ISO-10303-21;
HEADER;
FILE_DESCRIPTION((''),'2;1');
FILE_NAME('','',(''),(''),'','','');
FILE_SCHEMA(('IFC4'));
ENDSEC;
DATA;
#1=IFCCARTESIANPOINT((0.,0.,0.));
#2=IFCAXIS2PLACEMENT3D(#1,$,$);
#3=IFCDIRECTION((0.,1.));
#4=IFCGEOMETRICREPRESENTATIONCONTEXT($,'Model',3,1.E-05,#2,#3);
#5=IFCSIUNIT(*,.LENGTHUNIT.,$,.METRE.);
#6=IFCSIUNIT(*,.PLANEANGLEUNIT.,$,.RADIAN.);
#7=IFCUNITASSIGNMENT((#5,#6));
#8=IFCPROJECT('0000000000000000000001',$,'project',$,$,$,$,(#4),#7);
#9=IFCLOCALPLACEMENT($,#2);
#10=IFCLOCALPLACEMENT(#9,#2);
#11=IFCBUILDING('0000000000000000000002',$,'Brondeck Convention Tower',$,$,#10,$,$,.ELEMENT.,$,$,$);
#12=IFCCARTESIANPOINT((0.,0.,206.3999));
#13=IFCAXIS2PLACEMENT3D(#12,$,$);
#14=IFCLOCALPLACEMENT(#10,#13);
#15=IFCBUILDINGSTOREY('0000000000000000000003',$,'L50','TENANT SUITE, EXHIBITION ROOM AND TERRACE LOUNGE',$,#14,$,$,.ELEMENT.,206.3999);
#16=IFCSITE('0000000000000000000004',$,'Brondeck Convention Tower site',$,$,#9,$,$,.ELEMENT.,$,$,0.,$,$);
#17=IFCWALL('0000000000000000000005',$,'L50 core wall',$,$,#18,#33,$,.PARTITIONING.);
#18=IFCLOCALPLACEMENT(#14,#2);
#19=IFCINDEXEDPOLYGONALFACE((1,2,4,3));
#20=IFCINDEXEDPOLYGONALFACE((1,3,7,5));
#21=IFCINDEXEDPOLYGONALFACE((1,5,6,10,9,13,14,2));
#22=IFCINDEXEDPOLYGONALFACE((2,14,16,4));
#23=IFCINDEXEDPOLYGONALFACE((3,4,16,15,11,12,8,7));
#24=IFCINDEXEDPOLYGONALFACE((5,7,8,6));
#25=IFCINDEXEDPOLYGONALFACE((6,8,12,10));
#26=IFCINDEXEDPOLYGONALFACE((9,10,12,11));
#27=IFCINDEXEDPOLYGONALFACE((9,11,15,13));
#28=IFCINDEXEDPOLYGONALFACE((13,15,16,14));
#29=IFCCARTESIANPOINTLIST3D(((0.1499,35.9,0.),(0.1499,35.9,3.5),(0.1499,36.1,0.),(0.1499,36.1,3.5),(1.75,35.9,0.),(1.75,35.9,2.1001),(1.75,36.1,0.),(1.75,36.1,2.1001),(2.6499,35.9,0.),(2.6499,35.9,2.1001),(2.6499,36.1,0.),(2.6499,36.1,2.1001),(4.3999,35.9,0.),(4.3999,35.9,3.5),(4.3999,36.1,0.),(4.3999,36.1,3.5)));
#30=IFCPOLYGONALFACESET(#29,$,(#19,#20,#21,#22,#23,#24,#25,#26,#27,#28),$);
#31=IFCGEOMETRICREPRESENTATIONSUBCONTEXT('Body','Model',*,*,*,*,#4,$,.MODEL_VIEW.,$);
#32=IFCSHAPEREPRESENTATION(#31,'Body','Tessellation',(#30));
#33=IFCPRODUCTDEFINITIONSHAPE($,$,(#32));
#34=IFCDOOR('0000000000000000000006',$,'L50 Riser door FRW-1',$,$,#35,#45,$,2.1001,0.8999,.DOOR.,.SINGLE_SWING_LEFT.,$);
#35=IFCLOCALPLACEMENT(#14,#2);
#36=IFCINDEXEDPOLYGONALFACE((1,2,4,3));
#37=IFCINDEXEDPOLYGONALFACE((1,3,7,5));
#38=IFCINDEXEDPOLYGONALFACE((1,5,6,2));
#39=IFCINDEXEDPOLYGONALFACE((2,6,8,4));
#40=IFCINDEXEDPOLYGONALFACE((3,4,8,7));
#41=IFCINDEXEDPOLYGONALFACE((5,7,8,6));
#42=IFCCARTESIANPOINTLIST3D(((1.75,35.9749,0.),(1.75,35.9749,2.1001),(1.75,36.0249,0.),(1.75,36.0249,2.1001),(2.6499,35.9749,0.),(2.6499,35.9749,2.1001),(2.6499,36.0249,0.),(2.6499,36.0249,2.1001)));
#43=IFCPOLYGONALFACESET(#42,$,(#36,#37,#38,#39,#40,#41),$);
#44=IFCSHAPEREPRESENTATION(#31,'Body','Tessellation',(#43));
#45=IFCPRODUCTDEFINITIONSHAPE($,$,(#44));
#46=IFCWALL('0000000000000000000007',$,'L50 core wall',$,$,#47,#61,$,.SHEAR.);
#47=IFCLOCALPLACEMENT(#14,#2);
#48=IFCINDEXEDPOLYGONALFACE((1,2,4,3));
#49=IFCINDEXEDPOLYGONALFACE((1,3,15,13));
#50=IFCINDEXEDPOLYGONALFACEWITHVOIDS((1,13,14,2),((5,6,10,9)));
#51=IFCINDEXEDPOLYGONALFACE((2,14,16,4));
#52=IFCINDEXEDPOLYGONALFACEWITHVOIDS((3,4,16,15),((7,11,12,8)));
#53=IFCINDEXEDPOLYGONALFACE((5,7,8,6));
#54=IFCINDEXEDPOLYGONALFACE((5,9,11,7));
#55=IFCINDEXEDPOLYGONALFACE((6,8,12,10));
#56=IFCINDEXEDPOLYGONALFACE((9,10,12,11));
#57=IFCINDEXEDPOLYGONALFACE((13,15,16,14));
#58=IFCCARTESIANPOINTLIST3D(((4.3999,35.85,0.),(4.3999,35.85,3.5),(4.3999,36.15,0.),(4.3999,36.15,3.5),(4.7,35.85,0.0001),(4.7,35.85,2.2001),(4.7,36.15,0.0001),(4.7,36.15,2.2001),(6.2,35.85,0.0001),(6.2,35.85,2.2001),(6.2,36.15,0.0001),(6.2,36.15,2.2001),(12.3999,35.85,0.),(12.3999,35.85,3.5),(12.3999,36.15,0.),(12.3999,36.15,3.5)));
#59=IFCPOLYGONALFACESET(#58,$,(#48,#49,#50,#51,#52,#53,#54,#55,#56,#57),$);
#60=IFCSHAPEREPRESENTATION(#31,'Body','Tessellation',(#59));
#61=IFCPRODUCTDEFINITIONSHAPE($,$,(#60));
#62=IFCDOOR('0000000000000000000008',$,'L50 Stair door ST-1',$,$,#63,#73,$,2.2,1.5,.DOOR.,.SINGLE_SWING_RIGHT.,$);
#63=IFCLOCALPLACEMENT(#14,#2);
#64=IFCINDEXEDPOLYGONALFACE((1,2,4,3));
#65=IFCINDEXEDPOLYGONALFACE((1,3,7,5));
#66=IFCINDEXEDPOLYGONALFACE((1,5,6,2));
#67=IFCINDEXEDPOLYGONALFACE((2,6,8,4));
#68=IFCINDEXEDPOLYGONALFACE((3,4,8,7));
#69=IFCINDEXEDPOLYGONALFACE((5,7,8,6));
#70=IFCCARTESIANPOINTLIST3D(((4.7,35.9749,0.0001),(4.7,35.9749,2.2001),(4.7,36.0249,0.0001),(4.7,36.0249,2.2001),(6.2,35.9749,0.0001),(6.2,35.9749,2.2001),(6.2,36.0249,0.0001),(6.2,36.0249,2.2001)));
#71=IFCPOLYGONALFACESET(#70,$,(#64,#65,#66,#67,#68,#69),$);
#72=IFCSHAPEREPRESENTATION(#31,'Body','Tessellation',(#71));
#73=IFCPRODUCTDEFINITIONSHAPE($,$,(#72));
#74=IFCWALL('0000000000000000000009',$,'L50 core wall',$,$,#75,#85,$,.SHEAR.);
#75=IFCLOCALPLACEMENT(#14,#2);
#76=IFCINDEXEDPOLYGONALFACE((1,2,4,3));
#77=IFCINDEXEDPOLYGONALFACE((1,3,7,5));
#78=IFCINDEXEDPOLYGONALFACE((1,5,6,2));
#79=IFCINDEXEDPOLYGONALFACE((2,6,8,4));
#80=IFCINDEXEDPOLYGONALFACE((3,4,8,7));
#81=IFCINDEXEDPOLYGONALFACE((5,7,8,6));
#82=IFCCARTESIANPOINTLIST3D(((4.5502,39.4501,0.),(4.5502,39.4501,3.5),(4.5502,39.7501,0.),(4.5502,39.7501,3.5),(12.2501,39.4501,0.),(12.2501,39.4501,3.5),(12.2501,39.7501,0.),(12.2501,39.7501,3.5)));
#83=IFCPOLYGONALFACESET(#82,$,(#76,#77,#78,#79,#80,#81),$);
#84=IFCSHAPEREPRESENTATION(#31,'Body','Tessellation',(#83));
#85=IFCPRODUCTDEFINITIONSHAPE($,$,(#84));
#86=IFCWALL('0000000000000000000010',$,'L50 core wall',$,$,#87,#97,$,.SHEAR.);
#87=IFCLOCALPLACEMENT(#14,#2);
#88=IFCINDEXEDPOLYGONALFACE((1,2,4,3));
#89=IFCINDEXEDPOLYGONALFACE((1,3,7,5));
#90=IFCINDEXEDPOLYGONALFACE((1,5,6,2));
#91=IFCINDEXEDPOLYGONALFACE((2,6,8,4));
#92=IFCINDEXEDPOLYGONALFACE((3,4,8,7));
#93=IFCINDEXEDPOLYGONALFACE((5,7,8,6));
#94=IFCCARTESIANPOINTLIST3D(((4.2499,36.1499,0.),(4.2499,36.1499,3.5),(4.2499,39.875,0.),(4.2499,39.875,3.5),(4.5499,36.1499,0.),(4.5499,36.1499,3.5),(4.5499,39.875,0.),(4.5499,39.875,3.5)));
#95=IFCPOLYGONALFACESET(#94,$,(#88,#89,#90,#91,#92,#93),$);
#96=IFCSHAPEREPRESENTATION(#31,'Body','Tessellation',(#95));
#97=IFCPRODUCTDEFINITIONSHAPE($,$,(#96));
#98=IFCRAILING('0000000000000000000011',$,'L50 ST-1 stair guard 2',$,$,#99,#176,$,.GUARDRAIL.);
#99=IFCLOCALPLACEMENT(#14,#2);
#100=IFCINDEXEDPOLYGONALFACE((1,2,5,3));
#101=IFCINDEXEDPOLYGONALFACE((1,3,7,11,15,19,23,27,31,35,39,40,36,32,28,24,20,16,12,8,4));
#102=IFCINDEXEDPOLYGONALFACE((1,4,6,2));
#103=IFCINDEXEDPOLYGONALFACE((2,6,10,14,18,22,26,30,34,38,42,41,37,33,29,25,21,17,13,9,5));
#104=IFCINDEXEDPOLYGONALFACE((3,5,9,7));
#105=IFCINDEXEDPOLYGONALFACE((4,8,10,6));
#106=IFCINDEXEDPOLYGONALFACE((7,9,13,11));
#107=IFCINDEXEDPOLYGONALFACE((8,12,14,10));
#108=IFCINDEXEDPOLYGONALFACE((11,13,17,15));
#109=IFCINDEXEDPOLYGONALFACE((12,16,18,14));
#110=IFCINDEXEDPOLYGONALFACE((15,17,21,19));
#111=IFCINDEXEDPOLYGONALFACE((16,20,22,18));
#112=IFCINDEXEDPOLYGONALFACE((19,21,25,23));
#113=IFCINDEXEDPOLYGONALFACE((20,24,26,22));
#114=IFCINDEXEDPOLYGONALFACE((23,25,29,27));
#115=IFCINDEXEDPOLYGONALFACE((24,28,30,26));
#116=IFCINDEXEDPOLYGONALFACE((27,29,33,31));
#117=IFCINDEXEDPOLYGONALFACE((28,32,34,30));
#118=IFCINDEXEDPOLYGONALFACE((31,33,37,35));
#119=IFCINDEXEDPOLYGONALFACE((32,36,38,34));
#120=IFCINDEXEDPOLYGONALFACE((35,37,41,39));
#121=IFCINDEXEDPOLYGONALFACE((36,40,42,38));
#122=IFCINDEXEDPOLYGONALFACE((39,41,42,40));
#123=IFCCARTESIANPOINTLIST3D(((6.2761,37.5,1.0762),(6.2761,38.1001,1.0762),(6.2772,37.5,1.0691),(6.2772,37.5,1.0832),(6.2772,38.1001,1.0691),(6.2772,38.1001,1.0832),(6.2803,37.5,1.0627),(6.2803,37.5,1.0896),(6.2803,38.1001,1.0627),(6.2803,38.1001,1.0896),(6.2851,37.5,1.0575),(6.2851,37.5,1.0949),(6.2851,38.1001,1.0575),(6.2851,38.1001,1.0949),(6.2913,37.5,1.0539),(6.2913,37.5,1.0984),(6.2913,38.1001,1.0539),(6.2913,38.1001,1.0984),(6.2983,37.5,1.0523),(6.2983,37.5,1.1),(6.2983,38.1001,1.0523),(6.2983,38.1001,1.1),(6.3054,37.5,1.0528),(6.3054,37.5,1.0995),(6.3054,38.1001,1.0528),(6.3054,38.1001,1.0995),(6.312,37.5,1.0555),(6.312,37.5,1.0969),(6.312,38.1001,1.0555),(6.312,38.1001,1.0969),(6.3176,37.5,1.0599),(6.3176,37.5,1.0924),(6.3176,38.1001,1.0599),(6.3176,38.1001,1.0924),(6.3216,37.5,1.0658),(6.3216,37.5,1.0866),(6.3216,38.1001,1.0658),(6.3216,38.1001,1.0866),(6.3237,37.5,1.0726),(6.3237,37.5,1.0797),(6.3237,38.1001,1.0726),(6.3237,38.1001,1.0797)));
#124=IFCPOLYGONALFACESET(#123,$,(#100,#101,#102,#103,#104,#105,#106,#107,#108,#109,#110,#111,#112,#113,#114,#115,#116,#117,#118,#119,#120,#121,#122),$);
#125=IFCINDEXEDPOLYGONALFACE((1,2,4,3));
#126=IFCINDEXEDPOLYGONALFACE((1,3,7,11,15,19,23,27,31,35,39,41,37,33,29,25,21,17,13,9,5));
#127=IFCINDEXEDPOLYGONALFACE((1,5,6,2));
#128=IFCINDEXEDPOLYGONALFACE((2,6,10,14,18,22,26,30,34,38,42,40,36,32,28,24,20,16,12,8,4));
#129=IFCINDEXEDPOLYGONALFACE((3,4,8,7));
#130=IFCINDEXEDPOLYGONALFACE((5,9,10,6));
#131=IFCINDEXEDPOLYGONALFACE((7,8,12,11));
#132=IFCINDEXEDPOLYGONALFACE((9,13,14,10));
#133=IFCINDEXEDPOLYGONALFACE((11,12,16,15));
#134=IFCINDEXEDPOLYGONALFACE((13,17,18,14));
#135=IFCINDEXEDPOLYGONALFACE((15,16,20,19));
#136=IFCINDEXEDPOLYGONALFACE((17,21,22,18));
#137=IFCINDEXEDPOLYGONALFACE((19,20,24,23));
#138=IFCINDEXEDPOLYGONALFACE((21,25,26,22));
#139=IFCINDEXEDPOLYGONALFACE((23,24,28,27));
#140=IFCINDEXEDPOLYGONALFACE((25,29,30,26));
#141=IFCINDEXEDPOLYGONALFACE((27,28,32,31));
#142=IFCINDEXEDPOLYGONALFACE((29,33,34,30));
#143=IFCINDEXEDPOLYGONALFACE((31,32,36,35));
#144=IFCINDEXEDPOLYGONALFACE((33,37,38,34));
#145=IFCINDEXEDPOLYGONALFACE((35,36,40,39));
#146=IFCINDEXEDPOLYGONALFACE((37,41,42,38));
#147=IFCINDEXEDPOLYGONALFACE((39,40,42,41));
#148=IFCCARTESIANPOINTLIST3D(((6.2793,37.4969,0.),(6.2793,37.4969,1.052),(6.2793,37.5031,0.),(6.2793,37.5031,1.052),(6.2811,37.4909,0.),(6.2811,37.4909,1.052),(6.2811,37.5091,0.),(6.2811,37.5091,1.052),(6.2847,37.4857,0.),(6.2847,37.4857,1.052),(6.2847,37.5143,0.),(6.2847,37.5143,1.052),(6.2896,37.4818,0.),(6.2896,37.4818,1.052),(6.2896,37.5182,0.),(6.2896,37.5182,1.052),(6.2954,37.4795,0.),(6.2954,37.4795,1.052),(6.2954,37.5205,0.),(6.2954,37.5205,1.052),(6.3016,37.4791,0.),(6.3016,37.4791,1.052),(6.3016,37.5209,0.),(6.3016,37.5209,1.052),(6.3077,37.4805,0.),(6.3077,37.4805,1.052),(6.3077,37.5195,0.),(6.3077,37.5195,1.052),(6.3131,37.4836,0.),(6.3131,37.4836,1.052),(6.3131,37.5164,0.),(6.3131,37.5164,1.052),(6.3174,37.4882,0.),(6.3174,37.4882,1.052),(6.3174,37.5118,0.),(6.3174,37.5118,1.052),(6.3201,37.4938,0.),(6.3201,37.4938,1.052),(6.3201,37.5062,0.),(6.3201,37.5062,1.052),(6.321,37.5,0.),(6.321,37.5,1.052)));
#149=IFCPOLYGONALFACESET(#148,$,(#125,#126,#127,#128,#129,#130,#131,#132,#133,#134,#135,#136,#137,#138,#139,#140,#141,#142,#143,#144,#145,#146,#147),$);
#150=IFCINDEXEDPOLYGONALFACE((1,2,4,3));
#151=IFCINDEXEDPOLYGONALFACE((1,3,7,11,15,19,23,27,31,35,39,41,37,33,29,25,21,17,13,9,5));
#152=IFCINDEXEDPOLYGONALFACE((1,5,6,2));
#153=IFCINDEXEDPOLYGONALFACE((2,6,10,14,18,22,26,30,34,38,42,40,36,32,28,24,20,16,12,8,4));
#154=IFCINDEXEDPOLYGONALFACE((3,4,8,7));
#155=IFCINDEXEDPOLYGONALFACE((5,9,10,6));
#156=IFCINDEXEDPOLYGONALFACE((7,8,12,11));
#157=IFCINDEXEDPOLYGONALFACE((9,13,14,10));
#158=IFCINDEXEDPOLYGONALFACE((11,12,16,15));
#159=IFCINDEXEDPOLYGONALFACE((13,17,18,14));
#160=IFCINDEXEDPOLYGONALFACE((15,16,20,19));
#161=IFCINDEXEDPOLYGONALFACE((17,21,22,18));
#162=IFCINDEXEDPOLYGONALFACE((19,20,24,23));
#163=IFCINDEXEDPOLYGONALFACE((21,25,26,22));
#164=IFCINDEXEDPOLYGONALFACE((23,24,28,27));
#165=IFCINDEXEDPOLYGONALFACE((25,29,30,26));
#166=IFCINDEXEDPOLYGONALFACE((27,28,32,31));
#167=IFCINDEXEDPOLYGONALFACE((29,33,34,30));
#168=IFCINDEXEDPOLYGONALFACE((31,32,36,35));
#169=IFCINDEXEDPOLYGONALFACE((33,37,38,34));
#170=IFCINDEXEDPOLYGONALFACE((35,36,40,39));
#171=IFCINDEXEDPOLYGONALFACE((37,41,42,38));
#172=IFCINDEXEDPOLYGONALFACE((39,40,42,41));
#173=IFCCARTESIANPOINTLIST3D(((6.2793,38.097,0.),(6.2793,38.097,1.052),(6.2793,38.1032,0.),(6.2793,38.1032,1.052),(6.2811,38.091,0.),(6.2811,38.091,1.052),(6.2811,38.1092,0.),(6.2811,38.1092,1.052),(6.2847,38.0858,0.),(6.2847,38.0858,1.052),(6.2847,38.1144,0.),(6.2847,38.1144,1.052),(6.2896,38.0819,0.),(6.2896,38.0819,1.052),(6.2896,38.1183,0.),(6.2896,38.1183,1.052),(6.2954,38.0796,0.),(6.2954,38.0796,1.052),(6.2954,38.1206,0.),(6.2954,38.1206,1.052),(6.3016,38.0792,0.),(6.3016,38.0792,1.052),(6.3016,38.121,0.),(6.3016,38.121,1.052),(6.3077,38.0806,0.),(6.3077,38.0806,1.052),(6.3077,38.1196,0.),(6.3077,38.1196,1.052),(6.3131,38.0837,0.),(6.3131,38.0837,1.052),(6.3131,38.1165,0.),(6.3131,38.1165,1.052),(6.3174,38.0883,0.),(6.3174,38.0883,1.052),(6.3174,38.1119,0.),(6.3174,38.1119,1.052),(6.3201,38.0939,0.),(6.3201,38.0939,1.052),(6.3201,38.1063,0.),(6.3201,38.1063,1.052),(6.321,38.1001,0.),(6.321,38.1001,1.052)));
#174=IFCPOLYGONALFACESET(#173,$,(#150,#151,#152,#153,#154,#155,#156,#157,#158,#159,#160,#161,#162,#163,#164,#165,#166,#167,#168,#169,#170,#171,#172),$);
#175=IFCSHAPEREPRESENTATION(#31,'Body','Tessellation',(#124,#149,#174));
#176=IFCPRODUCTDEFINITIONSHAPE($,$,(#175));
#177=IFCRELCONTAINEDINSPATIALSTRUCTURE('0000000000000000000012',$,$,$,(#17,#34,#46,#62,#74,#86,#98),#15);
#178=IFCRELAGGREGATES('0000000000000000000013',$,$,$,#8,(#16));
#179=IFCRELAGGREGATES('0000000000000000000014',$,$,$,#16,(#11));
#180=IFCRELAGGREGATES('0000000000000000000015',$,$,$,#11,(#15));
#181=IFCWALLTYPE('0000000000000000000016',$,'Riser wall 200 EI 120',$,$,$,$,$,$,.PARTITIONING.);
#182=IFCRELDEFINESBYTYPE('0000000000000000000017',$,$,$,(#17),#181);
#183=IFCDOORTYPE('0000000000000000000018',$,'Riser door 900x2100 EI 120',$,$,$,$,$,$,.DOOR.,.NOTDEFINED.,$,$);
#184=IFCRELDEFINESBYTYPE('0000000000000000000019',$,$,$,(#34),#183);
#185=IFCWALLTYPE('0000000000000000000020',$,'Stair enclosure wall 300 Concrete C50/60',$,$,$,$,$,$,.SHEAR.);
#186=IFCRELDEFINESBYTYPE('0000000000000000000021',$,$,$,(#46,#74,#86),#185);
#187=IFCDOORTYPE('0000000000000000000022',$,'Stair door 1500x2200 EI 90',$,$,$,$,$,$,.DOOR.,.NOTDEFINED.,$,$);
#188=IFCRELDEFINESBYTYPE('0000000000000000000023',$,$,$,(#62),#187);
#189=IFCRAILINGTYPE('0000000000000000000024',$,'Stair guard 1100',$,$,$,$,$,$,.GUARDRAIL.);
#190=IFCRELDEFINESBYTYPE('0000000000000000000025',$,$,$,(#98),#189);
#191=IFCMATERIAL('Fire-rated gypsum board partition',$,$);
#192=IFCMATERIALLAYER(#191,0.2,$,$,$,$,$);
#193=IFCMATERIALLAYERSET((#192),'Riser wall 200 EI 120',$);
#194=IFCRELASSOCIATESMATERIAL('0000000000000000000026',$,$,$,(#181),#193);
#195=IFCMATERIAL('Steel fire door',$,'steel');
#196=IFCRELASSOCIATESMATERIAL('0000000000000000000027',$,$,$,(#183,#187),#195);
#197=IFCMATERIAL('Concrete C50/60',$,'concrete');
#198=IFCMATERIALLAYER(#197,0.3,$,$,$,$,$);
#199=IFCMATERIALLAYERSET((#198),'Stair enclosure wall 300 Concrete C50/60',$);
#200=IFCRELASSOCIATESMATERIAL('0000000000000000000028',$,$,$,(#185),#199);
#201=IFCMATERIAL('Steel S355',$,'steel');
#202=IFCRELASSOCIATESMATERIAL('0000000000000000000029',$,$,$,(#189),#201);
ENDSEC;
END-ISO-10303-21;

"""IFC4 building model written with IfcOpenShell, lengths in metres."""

from ifc_helpers import new_model, si_unit, direction, frame, frame_2d, origin, origin_2d, place, context, subcontext, project, spatial, rectangle, circle, extrude, material, layer, layer_set, type_object, element, fill, save


model = new_model("IFC4")

# Units and contexts
model_context = context("Model", 3, precision=1e-05, world=origin(), true_north=direction((0.0, 1.0)))
body_context = subcontext(model_context, "Body", "Model", "MODEL_VIEW")
ifc_project = project(units=[si_unit("LENGTHUNIT", "METRE"), si_unit("PLANEANGLEUNIT", "RADIAN")], contexts=[model_context])

# Site, building, storey
site_placement = place(None, origin())
site = spatial("IfcSite", under=ifc_project, at=site_placement, Name="Brondeck Convention Tower site", CompositionType="ELEMENT", RefElevation=0.0)
building_placement = place(site_placement, origin())
building = spatial("IfcBuilding", under=site, at=building_placement, Name="Brondeck Convention Tower", CompositionType="ELEMENT")
storey_placement = place(building_placement, frame((0.0, 0.0, 206.3999)))
storey = spatial("IfcBuildingStorey", under=building, at=storey_placement, Name="L50", Description="TENANT SUITE, EXHIBITION ROOM AND TERRACE LOUNGE", CompositionType="ELEMENT", Elevation=206.3999)

# Shared definitions
ifc_material_1 = material(Name="Concrete C50/60", Category="concrete")

# Shared definitions
ifc_material_2 = material(Name="Steel S355", Category="steel")

# Walls, openings, doors
ifc_material_3 = material(Name="Fire-rated gypsum board partition")
ifc_layer_1 = layer(ifc_material_3, 0.2)
ifc_layer_set_1 = layer_set([ifc_layer_1], Name="Riser wall 200 EI 120")
wall_type_1 = type_object("IfcWallType", Name="Riser wall 200 EI 120", PredefinedType="PARTITIONING", material=ifc_layer_set_1)
wall_1_placement = place(storey_placement, frame((0.1499, 36.0, 0.0), z_axis=(0.0, 0.0, 1.0), x_axis=(1.0, 0.0, 0.0)))
wall_1 = element("IfcWall", 1, at=wall_1_placement, inside=storey, type_object=wall_type_1, Name="L50 core wall", PredefinedType="PARTITIONING", context=body_context, shape_type="SweptSolid", body=[
    extrude(rectangle(XDim=4.25, YDim=0.2, at=frame_2d((2.125, 0.0))), origin(), (0.0, 0.0, 1.0), 3.5),
])
opening_1_placement = place(wall_1_placement, frame((1.6001, 0.0, 0.0)))
opening_1 = element("IfcOpeningElement", 2, at=opening_1_placement, cuts=wall_1, PredefinedType="OPENING", context=body_context, shape_type="SweptSolid", body=[
    extrude(rectangle(XDim=0.8999, YDim=2.1001, at=frame_2d((0.45, 1.05))), frame((0.0, 0.1099, 0.0), z_axis=(0.0, -1.0, 0.0), x_axis=(1.0, 0.0, 0.0)), (0.0, 0.0, 1.0), 0.22),
])
ifc_material_4 = material(Name="Steel fire door", Category="steel")
door_type_1 = type_object("IfcDoorType", Name="Riser door 900x2100 EI 120", OperationType="NOTDEFINED", PredefinedType="DOOR", material=ifc_material_4)
door_1_placement = place(opening_1_placement, origin())
door_1 = element("IfcDoor", 3, at=door_1_placement, inside=storey, type_object=door_type_1, Name="L50 Riser door FRW-1", OperationType="SINGLE_SWING_LEFT", OverallHeight=2.1001, OverallWidth=0.8999, PredefinedType="DOOR", context=body_context, shape_type="SweptSolid", body=[
    extrude(rectangle(XDim=0.8999, YDim=2.1001, at=frame_2d((0.45, 1.05))), frame((0.0, 0.0249, 0.0), z_axis=(0.0, -1.0, 0.0), x_axis=(1.0, 0.0, 0.0)), (0.0, 0.0, 1.0), 0.05),
])
fill(opening_1, door_1)
ifc_layer_2 = layer(ifc_material_1, 0.3)
ifc_layer_set_2 = layer_set([ifc_layer_2], Name="Stair enclosure wall 300 Concrete C50/60")
wall_type_2 = type_object("IfcWallType", Name="Stair enclosure wall 300 Concrete C50/60", PredefinedType="SHEAR", material=ifc_layer_set_2)
wall_2_placement = place(storey_placement, frame((4.3999, 36.0, 0.0), z_axis=(0.0, 0.0, 1.0), x_axis=(1.0, 0.0, 0.0)))
wall_2 = element("IfcWall", 4, at=wall_2_placement, inside=storey, type_object=wall_type_2, Name="L50 core wall", PredefinedType="SHEAR", context=body_context, shape_type="SweptSolid", body=[
    extrude(rectangle(XDim=8.0, YDim=0.3, at=frame_2d((4.0, 0.0))), origin(), (0.0, 0.0, 1.0), 3.5),
])
opening_2_placement = place(wall_2_placement, frame((0.3, 0.0, 0.0)))
opening_2 = element("IfcOpeningElement", 5, at=opening_2_placement, cuts=wall_2, PredefinedType="OPENING", context=body_context, shape_type="SweptSolid", body=[
    extrude(rectangle(XDim=1.5, YDim=2.2, at=frame_2d((0.75, 1.1001))), frame((0.0, 0.1599, 0.0), z_axis=(0.0, -1.0, 0.0), x_axis=(1.0, 0.0, 0.0)), (0.0, 0.0, 1.0), 0.3201),
])
door_type_2 = type_object("IfcDoorType", Name="Stair door 1500x2200 EI 90", OperationType="NOTDEFINED", PredefinedType="DOOR", material=ifc_material_4)
door_2_placement = place(opening_2_placement, origin())
door_2 = element("IfcDoor", 6, at=door_2_placement, inside=storey, type_object=door_type_2, Name="L50 Stair door ST-1", OperationType="SINGLE_SWING_RIGHT", OverallHeight=2.2, OverallWidth=1.5, PredefinedType="DOOR", context=body_context, shape_type="SweptSolid", body=[
    extrude(rectangle(XDim=1.5, YDim=2.2, at=frame_2d((0.75, 1.1001))), frame((0.0, 0.0249, 0.0), z_axis=(0.0, -1.0, 0.0), x_axis=(1.0, 0.0, 0.0)), (0.0, 0.0, 1.0), 0.05),
])
fill(opening_2, door_2)

# Walls
wall_3_placement = place(storey_placement, frame((4.55, 39.6001, 0.0), z_axis=(0.0, 0.0, 1.0), x_axis=(1.0, 0.0, 0.0)))
element("IfcWall", 7, at=wall_3_placement, inside=storey, type_object=wall_type_2, Name="L50 core wall", PredefinedType="SHEAR", context=body_context, shape_type="SweptSolid", body=[
    extrude(rectangle(XDim=7.7, YDim=0.3, at=frame_2d((3.8501, 0.0))), origin(), (0.0, 0.0, 1.0), 3.5),
])
wall_4_placement = place(storey_placement, frame((4.3999, 36.1499, 0.0), z_axis=(0.0, 0.0, 1.0), x_axis=(0.0, 1.0, 0.0)))
element("IfcWall", 8, at=wall_4_placement, inside=storey, type_object=wall_type_2, Name="L50 core wall", PredefinedType="SHEAR", context=body_context, shape_type="SweptSolid", body=[
    extrude(rectangle(XDim=3.7251, YDim=0.3, at=frame_2d((1.8625, 0.0))), origin(), (0.0, 0.0, 1.0), 3.5),
])

# Railing
railing_type_1 = type_object("IfcRailingType", Name="Stair guard 1100", PredefinedType="GUARDRAIL", material=ifc_material_2)
railing_1_placement = place(storey_placement, frame((6.3, 37.5, 0.0)))
element("IfcRailing", 9, at=railing_1_placement, inside=storey, type_object=railing_type_1, Name="L50 ST-1 stair guard 2", PredefinedType="GUARDRAIL", context=body_context, shape_type="SweptSolid", body=[
    extrude(circle(Radius=0.0239, at=origin_2d()), frame((0.0, 0.0, 1.0762), z_axis=(0.0, 1.0, 0.0), x_axis=(-1.0, 0.0, 0.0)), (0.0, 0.0, 1.0), 0.6001),
    extrude(circle(Radius=0.021, at=origin_2d()), origin(), (0.0, 0.0, 1.0), 1.052),
    extrude(circle(Radius=0.021, at=origin_2d()), frame((0.0, 0.6001, 0.0)), (0.0, 0.0, 1.0), 1.052),
])

save(model, "model.ifc")
